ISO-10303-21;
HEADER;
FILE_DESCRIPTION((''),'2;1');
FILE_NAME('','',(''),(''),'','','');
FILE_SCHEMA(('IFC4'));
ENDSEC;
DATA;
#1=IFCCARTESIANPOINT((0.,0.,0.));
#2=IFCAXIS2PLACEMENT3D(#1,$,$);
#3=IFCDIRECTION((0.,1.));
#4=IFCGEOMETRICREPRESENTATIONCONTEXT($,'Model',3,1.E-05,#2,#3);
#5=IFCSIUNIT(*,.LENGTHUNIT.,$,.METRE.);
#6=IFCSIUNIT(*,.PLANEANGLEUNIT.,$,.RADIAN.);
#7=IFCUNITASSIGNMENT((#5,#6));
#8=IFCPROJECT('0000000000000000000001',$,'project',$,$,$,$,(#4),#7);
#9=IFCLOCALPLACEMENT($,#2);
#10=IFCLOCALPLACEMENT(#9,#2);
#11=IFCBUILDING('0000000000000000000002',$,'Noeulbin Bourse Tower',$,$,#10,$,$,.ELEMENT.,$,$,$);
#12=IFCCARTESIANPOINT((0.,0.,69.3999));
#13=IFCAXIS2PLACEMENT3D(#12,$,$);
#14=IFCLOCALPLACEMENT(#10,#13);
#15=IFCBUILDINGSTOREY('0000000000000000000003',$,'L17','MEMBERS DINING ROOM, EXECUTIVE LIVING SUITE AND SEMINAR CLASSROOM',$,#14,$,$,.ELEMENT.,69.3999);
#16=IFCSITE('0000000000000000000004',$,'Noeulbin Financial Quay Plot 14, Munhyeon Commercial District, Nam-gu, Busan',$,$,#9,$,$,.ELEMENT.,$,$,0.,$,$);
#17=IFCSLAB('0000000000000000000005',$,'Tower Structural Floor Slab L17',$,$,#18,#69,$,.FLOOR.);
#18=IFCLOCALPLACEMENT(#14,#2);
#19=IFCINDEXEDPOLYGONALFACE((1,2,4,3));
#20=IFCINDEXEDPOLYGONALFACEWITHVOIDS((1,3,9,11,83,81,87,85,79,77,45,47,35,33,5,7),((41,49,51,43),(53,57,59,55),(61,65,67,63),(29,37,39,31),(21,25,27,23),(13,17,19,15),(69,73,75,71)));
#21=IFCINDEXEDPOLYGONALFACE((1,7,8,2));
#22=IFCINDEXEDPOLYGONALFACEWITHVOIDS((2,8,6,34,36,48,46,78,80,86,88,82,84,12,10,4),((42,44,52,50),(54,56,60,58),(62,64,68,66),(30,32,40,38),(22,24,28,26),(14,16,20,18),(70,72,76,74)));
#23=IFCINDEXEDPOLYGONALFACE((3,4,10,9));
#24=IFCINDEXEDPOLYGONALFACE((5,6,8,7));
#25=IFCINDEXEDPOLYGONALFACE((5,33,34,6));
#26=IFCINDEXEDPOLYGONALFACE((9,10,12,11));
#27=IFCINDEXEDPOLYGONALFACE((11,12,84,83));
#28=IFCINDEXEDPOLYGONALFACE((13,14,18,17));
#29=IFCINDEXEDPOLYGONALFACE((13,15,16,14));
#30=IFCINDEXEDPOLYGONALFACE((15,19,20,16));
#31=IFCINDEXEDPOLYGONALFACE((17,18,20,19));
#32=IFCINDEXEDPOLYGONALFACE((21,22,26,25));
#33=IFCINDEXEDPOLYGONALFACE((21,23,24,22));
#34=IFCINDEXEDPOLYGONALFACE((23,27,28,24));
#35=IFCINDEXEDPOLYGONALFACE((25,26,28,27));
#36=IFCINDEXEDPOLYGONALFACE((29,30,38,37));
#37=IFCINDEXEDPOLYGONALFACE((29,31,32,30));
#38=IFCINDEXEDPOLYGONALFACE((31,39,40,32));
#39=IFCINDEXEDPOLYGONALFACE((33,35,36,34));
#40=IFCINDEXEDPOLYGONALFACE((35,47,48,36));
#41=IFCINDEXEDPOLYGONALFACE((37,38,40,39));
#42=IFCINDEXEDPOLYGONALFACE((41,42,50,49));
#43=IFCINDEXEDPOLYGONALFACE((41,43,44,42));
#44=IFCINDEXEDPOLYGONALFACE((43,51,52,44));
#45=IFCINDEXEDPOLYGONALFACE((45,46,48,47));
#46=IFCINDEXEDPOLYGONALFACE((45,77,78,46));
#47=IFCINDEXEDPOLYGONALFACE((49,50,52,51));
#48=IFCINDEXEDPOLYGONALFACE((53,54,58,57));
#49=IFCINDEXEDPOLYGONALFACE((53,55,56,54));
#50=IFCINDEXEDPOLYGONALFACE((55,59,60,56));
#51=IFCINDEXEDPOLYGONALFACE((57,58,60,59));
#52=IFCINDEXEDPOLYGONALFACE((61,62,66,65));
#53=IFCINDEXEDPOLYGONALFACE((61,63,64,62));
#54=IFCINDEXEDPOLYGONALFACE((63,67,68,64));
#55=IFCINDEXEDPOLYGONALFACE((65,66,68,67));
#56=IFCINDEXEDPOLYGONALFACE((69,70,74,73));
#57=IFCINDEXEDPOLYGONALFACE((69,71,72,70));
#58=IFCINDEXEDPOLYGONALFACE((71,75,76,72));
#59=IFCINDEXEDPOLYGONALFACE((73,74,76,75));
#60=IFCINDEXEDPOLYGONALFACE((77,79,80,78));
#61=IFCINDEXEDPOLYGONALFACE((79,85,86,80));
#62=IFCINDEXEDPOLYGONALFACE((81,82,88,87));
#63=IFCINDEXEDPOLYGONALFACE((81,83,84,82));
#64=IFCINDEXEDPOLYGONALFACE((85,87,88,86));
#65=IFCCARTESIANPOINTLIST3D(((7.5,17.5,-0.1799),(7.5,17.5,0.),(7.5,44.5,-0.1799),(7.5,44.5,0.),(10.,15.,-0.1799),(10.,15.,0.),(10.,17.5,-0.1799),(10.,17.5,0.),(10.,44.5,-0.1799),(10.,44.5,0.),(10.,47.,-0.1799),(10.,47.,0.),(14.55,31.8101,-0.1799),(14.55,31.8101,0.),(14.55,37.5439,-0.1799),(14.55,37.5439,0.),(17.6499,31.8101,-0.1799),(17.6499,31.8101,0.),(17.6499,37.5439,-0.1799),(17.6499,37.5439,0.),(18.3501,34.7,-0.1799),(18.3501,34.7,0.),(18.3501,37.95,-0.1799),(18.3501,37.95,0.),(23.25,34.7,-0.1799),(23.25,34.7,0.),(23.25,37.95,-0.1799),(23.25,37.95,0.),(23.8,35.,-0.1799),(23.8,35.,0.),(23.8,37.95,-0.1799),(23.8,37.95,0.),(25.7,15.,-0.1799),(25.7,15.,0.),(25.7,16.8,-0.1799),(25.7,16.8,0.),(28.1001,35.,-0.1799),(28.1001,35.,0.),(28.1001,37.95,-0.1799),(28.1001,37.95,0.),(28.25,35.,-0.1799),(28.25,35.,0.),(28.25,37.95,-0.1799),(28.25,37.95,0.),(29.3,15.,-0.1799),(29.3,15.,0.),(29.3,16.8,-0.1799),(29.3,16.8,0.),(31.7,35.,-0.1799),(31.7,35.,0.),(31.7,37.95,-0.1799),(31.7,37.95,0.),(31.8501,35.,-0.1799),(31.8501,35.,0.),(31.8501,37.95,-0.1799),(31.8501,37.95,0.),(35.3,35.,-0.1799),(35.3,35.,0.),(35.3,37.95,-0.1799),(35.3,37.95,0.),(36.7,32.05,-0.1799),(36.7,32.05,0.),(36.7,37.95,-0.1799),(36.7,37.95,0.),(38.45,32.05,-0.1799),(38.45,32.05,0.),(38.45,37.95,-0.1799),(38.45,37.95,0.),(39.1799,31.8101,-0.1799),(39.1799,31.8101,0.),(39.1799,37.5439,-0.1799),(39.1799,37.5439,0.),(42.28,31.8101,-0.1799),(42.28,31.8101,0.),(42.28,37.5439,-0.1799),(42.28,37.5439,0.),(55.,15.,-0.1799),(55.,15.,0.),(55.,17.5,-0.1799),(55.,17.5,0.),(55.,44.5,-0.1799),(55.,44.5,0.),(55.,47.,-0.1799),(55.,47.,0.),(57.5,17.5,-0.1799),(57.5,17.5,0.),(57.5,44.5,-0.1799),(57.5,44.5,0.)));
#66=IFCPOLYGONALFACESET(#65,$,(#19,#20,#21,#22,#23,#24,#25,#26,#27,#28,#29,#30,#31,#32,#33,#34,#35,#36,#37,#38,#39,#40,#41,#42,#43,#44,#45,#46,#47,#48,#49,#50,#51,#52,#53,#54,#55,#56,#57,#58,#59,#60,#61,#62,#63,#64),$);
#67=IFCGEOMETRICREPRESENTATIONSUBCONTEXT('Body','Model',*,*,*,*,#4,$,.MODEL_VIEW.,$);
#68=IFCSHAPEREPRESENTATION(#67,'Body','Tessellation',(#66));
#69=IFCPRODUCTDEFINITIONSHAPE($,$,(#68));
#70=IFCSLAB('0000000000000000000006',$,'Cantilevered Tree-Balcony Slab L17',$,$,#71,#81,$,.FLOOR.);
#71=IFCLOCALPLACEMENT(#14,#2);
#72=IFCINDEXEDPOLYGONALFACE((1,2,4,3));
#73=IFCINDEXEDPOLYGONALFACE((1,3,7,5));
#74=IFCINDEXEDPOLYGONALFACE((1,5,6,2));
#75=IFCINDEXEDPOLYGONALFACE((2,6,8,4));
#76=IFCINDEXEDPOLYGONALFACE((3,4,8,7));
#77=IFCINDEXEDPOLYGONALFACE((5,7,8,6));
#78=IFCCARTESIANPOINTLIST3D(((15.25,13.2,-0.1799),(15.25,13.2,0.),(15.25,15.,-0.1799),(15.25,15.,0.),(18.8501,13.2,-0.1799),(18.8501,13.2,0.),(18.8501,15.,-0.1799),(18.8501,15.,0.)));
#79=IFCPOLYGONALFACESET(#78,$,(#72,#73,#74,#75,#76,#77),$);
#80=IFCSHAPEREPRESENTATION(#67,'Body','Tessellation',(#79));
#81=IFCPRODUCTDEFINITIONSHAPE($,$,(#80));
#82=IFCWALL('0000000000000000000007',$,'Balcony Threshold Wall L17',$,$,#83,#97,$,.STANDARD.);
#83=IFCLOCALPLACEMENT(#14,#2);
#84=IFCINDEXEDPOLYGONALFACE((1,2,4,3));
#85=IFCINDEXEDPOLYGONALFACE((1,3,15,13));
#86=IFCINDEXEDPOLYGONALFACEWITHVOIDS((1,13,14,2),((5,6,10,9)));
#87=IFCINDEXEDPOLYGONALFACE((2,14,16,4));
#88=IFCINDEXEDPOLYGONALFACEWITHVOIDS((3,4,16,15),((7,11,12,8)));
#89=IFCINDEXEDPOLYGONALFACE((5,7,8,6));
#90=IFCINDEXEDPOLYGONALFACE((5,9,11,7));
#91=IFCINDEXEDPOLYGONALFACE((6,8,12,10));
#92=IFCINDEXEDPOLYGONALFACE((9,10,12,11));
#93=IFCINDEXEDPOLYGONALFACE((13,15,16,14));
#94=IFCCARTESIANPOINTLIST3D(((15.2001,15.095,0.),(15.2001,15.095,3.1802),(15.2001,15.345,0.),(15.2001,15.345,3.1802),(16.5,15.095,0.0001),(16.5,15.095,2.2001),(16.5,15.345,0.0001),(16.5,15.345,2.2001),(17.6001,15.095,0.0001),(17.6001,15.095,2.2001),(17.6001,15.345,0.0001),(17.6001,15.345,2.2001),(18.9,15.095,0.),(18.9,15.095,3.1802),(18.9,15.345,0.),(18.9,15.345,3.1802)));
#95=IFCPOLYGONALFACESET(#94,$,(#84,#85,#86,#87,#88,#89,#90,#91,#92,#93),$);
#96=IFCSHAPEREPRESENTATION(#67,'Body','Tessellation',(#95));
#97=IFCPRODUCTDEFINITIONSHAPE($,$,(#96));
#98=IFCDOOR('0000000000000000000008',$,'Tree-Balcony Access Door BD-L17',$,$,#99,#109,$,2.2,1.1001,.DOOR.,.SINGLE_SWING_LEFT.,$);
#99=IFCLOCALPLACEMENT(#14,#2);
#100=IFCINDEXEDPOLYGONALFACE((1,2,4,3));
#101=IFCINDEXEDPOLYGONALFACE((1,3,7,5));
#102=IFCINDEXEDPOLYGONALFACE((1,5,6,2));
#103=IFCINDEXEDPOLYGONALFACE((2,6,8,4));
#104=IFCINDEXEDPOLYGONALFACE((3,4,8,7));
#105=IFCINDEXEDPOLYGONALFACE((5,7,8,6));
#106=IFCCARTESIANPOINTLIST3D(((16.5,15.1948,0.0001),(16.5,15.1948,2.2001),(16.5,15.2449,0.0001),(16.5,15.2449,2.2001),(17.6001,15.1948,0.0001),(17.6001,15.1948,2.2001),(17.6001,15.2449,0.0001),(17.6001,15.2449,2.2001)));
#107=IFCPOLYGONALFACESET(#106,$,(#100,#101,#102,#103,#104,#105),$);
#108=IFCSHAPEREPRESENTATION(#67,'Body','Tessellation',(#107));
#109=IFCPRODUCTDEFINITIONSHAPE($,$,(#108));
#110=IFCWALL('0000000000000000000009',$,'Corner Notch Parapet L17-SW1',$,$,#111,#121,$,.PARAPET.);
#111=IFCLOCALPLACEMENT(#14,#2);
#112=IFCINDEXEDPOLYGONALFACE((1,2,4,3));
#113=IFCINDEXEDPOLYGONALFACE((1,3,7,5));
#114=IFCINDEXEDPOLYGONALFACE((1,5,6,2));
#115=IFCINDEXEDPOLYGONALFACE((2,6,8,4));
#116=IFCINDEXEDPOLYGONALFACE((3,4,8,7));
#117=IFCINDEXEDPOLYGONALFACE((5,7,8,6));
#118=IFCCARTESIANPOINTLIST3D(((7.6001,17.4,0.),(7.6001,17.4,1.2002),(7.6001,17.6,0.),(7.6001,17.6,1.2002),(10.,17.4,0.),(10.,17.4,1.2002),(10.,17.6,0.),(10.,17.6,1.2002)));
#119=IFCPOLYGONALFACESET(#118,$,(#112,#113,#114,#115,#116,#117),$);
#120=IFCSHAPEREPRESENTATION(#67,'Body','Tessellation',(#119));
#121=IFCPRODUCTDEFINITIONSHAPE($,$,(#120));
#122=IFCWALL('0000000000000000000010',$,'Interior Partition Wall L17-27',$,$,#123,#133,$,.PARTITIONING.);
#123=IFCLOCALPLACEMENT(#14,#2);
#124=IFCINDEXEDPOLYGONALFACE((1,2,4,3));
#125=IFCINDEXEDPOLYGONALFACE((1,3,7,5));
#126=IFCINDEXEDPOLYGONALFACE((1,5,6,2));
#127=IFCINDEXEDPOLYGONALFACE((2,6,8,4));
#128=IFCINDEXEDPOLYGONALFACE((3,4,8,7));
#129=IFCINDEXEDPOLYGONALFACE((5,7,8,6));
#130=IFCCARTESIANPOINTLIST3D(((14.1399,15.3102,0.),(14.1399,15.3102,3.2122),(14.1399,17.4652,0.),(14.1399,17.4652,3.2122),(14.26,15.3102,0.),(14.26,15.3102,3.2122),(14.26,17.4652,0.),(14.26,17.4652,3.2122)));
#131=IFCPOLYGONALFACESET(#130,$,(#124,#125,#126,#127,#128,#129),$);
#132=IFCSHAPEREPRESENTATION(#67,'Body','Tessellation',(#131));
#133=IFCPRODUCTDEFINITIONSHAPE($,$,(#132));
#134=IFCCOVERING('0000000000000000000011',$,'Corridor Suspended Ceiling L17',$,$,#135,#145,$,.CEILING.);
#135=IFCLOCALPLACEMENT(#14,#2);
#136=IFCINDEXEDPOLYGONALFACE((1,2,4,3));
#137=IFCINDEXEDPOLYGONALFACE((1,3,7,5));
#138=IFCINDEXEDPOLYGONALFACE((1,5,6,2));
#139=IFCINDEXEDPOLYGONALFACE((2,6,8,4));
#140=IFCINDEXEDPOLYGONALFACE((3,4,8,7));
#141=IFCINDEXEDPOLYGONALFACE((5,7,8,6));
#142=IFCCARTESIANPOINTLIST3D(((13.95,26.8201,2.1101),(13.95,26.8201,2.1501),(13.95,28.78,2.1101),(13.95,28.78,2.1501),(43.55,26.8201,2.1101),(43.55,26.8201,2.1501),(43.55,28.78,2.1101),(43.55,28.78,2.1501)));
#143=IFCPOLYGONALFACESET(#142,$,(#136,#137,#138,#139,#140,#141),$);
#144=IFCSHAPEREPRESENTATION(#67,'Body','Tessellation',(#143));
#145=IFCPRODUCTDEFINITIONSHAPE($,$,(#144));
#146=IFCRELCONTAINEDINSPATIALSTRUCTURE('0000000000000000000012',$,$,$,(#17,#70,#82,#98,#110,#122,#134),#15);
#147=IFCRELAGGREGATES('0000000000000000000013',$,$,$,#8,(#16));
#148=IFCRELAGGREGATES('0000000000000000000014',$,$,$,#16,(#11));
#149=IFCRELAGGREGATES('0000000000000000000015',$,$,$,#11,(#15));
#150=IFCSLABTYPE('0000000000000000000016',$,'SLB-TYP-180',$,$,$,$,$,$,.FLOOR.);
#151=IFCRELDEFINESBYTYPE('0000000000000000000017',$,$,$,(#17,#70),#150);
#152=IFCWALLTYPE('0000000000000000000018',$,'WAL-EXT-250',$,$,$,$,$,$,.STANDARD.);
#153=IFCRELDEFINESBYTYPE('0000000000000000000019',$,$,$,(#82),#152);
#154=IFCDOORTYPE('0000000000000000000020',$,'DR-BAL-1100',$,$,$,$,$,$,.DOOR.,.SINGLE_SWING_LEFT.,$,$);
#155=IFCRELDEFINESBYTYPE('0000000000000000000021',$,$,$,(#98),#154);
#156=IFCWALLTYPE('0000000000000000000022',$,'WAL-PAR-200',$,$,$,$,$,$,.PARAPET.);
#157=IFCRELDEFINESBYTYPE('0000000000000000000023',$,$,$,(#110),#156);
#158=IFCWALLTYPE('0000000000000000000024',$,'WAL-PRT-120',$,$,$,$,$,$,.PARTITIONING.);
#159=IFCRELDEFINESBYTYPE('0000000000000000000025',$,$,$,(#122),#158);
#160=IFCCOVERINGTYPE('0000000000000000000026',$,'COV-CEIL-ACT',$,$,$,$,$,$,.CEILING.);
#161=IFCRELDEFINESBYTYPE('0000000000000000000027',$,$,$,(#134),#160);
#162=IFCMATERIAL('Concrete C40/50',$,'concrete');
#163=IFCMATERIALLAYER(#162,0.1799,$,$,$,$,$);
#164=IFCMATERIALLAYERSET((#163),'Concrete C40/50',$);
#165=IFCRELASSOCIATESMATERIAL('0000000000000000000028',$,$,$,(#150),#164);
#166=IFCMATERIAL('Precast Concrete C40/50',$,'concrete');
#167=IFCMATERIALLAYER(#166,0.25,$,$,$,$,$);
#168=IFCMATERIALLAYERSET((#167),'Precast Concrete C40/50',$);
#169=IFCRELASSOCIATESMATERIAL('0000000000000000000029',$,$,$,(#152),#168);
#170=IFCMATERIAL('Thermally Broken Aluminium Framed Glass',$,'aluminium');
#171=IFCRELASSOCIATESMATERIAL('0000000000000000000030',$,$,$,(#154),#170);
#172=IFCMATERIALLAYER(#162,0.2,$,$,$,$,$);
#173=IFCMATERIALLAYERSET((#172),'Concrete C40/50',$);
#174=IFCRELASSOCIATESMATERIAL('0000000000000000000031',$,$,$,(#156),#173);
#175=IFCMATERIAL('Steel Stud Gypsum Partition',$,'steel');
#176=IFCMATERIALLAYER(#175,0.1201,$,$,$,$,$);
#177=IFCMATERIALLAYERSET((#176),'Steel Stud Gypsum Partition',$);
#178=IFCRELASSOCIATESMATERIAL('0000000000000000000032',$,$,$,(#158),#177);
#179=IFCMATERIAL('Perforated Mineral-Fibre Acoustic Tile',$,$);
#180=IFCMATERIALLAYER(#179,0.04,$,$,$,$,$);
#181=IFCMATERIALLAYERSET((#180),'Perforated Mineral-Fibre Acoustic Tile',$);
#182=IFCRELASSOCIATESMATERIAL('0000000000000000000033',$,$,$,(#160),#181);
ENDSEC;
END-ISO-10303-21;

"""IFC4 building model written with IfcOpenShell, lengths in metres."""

from ifc_helpers import new_model, si_unit, direction, frame, frame_2d, origin, place, context, subcontext, project, spatial, polyline, rectangle, outline, extrude, material, layer, layer_set, type_object, element, fill, save


model = new_model("IFC4")

# Units and contexts
model_context = context("Model", 3, precision=1e-05, world=origin(), true_north=direction((0.0, 1.0)))
body_context = subcontext(model_context, "Body", "Model", "MODEL_VIEW")
ifc_project = project(units=[si_unit("LENGTHUNIT", "METRE"), si_unit("PLANEANGLEUNIT", "RADIAN")], contexts=[model_context])

# Site, building, storey
site_placement = place(None, origin())
site = spatial("IfcSite", under=ifc_project, at=site_placement, Name="Noeulbin Financial Quay Plot 14, Munhyeon Commercial District, Nam-gu, Busan", CompositionType="ELEMENT", RefElevation=0.0)
building_placement = place(site_placement, origin())
building = spatial("IfcBuilding", under=site, at=building_placement, Name="Noeulbin Bourse Tower", CompositionType="ELEMENT")
storey_placement = place(building_placement, frame((0.0, 0.0, 69.3999)))
storey = spatial("IfcBuildingStorey", under=building, at=storey_placement, Name="L17", Description="MEMBERS DINING ROOM, EXECUTIVE LIVING SUITE AND SEMINAR CLASSROOM", CompositionType="ELEMENT", Elevation=69.3999)

# Shared definitions
ifc_material_1 = material(Name="Concrete C40/50", Category="concrete")

# Slab, openings
ifc_layer_1 = layer(ifc_material_1, 0.1799)
ifc_layer_set_1 = layer_set([ifc_layer_1], Name="Concrete C40/50")
slab_type_1 = type_object("IfcSlabType", Name="SLB-TYP-180", PredefinedType="FLOOR", material=ifc_layer_set_1)
slab_1_placement = place(storey_placement, frame((0.0, 0.0, -0.1799)))
slab_1 = element("IfcSlab", 1, at=slab_1_placement, inside=storey, type_object=slab_type_1, Name="Tower Structural Floor Slab L17", PredefinedType="FLOOR", context=body_context, shape_type="SweptSolid", body=[
    extrude(outline(polyline([(10.0, 15.0), (25.7, 15.0), (25.7, 16.8), (29.3, 16.8), (29.3, 15.0), (55.0, 15.0), (55.0, 17.5), (57.5, 17.5), (57.5, 44.5), (55.0, 44.5), (55.0, 47.0), (10.0, 47.0), (10.0, 44.5), (7.5, 44.5), (7.5, 17.5), (10.0, 17.5), (10.0, 15.0)]), holes=[polyline([(17.6499, 31.8101), (17.6499, 37.5439), (14.55, 37.5439), (14.55, 31.8101), (17.6499, 31.8101)]), polyline([(42.28, 31.8101), (42.28, 37.5439), (39.1799, 37.5439), (39.1799, 31.8101), (42.28, 31.8101)]), polyline([(18.3501, 34.7), (23.25, 34.7), (23.25, 37.95), (18.3501, 37.95), (18.3501, 34.7)]), polyline([(36.7, 32.05), (38.45, 32.05), (38.45, 37.95), (36.7, 37.95), (36.7, 32.05)]), polyline([(23.8, 35.0), (28.1001, 35.0), (28.1001, 37.95), (23.8, 37.95), (23.8, 35.0)]), polyline([(28.25, 35.0), (31.7, 35.0), (31.7, 37.95), (28.25, 37.95), (28.25, 35.0)]), polyline([(31.8501, 35.0), (35.3, 35.0), (35.3, 37.95), (31.8501, 37.95), (31.8501, 35.0)])]), origin(), (0.0, 0.0, 1.0), 0.1799),
])
opening_1_placement = place(slab_1_placement, frame((0.0, 0.0, -0.01)))
element("IfcOpeningElement", 2, at=opening_1_placement, cuts=slab_1, PredefinedType="OPENING", context=body_context, shape_type="SweptSolid", body=[
    extrude(outline(polyline([(17.6499, 31.8101), (17.6499, 37.5439), (14.55, 37.5439), (14.55, 31.8101), (17.6499, 31.8101)])), origin(), (0.0, 0.0, 1.0), 0.2),
])
opening_2_placement = place(slab_1_placement, frame((0.0, 0.0, -0.01)))
element("IfcOpeningElement", 3, at=opening_2_placement, cuts=slab_1, PredefinedType="OPENING", context=body_context, shape_type="SweptSolid", body=[
    extrude(outline(polyline([(42.28, 31.8101), (42.28, 37.5439), (39.1799, 37.5439), (39.1799, 31.8101), (42.28, 31.8101)])), origin(), (0.0, 0.0, 1.0), 0.2),
])
opening_3_placement = place(slab_1_placement, frame((0.0, 0.0, -0.01)))
element("IfcOpeningElement", 4, at=opening_3_placement, cuts=slab_1, PredefinedType="OPENING", context=body_context, shape_type="SweptSolid", body=[
    extrude(outline(polyline([(18.3501, 34.7), (23.25, 34.7), (23.25, 37.95), (18.3501, 37.95), (18.3501, 34.7)])), origin(), (0.0, 0.0, 1.0), 0.2),
])
opening_4_placement = place(slab_1_placement, frame((0.0, 0.0, -0.01)))
element("IfcOpeningElement", 5, at=opening_4_placement, cuts=slab_1, PredefinedType="OPENING", context=body_context, shape_type="SweptSolid", body=[
    extrude(outline(polyline([(36.7, 32.05), (38.45, 32.05), (38.45, 37.95), (36.7, 37.95), (36.7, 32.05)])), origin(), (0.0, 0.0, 1.0), 0.2),
])
opening_5_placement = place(slab_1_placement, frame((0.0, 0.0, -0.01)))
element("IfcOpeningElement", 6, at=opening_5_placement, cuts=slab_1, PredefinedType="OPENING", context=body_context, shape_type="SweptSolid", body=[
    extrude(outline(polyline([(23.8, 35.0), (28.1001, 35.0), (28.1001, 37.95), (23.8, 37.95), (23.8, 35.0)])), origin(), (0.0, 0.0, 1.0), 0.2),
])
opening_6_placement = place(slab_1_placement, frame((0.0, 0.0, -0.01)))
element("IfcOpeningElement", 7, at=opening_6_placement, cuts=slab_1, PredefinedType="OPENING", context=body_context, shape_type="SweptSolid", body=[
    extrude(outline(polyline([(28.25, 35.0), (31.7, 35.0), (31.7, 37.95), (28.25, 37.95), (28.25, 35.0)])), origin(), (0.0, 0.0, 1.0), 0.2),
])
opening_7_placement = place(slab_1_placement, frame((0.0, 0.0, -0.01)))
element("IfcOpeningElement", 8, at=opening_7_placement, cuts=slab_1, PredefinedType="OPENING", context=body_context, shape_type="SweptSolid", body=[
    extrude(outline(polyline([(31.8501, 35.0), (35.3, 35.0), (35.3, 37.95), (31.8501, 37.95), (31.8501, 35.0)])), origin(), (0.0, 0.0, 1.0), 0.2),
])

# Slab
slab_2_placement = place(storey_placement, frame((0.0, 0.0, -0.1799)))
element("IfcSlab", 9, at=slab_2_placement, inside=storey, type_object=slab_type_1, Name="Cantilevered Tree-Balcony Slab L17", PredefinedType="FLOOR", context=body_context, shape_type="SweptSolid", body=[
    extrude(outline(polyline([(15.25, 13.2), (18.8501, 13.2), (18.8501, 15.0), (15.25, 15.0), (15.25, 13.2)])), origin(), (0.0, 0.0, 1.0), 0.1799),
])

# Wall, opening, door
ifc_material_2 = material(Name="Precast Concrete C40/50", Category="concrete")
ifc_layer_2 = layer(ifc_material_2, 0.25)
ifc_layer_set_2 = layer_set([ifc_layer_2], Name="Precast Concrete C40/50")
wall_type_1 = type_object("IfcWallType", Name="WAL-EXT-250", PredefinedType="STANDARD", material=ifc_layer_set_2)
wall_1_placement = place(storey_placement, frame((15.2, 15.22, 0.0), z_axis=(0.0, 0.0, 1.0), x_axis=(1.0, 0.0, 0.0)))
wall_1 = element("IfcWall", 10, at=wall_1_placement, inside=storey, type_object=wall_type_1, Name="Balcony Threshold Wall L17", PredefinedType="STANDARD", context=body_context, shape_type="SweptSolid", body=[
    extrude(rectangle(XDim=3.7, YDim=0.25, at=frame_2d((1.8501, 0.0))), origin(), (0.0, 0.0, 1.0), 3.1802),
])
opening_8_placement = place(wall_1_placement, frame((1.3, 0.0, 0.0)))
opening_8 = element("IfcOpeningElement", 11, at=opening_8_placement, cuts=wall_1, PredefinedType="OPENING", context=body_context, shape_type="SweptSolid", body=[
    extrude(rectangle(XDim=1.1001, YDim=2.2, at=frame_2d((0.55, 1.1001))), frame((0.0, 0.135, 0.0), z_axis=(0.0, -1.0, 0.0), x_axis=(1.0, 0.0, 0.0)), (0.0, 0.0, 1.0), 0.27),
])
ifc_material_3 = material(Name="Thermally Broken Aluminium Framed Glass", Category="aluminium")
door_type = type_object("IfcDoorType", Name="DR-BAL-1100", OperationType="SINGLE_SWING_LEFT", PredefinedType="DOOR", material=ifc_material_3)
door_placement = place(opening_8_placement, origin())
door = element("IfcDoor", 12, at=door_placement, inside=storey, type_object=door_type, Name="Tree-Balcony Access Door BD-L17", OperationType="SINGLE_SWING_LEFT", OverallHeight=2.2, OverallWidth=1.1001, PredefinedType="DOOR", context=body_context, shape_type="SweptSolid", body=[
    extrude(rectangle(XDim=1.1001, YDim=2.2, at=frame_2d((0.55, 1.1001))), frame((0.0, 0.0249, 0.0), z_axis=(0.0, -1.0, 0.0), x_axis=(1.0, 0.0, 0.0)), (0.0, 0.0, 1.0), 0.05),
])
fill(opening_8, door)

# Walls
ifc_layer_3 = layer(ifc_material_1, 0.2)
ifc_layer_set_3 = layer_set([ifc_layer_3], Name="Concrete C40/50")
wall_type_2 = type_object("IfcWallType", Name="WAL-PAR-200", PredefinedType="PARAPET", material=ifc_layer_set_3)
wall_2_placement = place(storey_placement, frame((7.6001, 17.5, 0.0), z_axis=(0.0, 0.0, 1.0), x_axis=(1.0, 0.0, 0.0)))
element("IfcWall", 13, at=wall_2_placement, inside=storey, type_object=wall_type_2, Name="Corner Notch Parapet L17-SW1", PredefinedType="PARAPET", context=body_context, shape_type="SweptSolid", body=[
    extrude(rectangle(XDim=2.3999, YDim=0.2, at=frame_2d((1.2, 0.0))), origin(), (0.0, 0.0, 1.0), 1.2002),
])
ifc_material_4 = material(Name="Steel Stud Gypsum Partition", Category="steel")
ifc_layer_4 = layer(ifc_material_4, 0.1201)
ifc_layer_set_4 = layer_set([ifc_layer_4], Name="Steel Stud Gypsum Partition")
wall_type_3 = type_object("IfcWallType", Name="WAL-PRT-120", PredefinedType="PARTITIONING", material=ifc_layer_set_4)
wall_3_placement = place(storey_placement, frame((14.2, 15.3101, 0.0), z_axis=(0.0, 0.0, 1.0), x_axis=(0.0, 1.0, 0.0)))
element("IfcWall", 14, at=wall_3_placement, inside=storey, type_object=wall_type_3, Name="Interior Partition Wall L17-27", PredefinedType="PARTITIONING", context=body_context, shape_type="SweptSolid", body=[
    extrude(rectangle(XDim=2.155, YDim=0.1201, at=frame_2d((1.0776, 0.0))), origin(), (0.0, 0.0, 1.0), 3.2122),
])

# Covering
ifc_material_5 = material(Name="Perforated Mineral-Fibre Acoustic Tile")
ifc_layer_5 = layer(ifc_material_5, 0.04)
ifc_layer_set_5 = layer_set([ifc_layer_5], Name="Perforated Mineral-Fibre Acoustic Tile")
covering_type = type_object("IfcCoveringType", Name="COV-CEIL-ACT", PredefinedType="CEILING", material=ifc_layer_set_5)
covering_1_placement = place(storey_placement, frame((0.0, 0.0, 2.1101)))
element("IfcCovering", 15, at=covering_1_placement, inside=storey, type_object=covering_type, Name="Corridor Suspended Ceiling L17", PredefinedType="CEILING", context=body_context, shape_type="SweptSolid", body=[
    extrude(outline(polyline([(13.95, 26.8201), (43.55, 26.8201), (43.55, 28.78), (13.95, 28.78), (13.95, 26.8201)])), origin(), (0.0, 0.0, 1.0), 0.04),
])

save(model, "model.ifc")
